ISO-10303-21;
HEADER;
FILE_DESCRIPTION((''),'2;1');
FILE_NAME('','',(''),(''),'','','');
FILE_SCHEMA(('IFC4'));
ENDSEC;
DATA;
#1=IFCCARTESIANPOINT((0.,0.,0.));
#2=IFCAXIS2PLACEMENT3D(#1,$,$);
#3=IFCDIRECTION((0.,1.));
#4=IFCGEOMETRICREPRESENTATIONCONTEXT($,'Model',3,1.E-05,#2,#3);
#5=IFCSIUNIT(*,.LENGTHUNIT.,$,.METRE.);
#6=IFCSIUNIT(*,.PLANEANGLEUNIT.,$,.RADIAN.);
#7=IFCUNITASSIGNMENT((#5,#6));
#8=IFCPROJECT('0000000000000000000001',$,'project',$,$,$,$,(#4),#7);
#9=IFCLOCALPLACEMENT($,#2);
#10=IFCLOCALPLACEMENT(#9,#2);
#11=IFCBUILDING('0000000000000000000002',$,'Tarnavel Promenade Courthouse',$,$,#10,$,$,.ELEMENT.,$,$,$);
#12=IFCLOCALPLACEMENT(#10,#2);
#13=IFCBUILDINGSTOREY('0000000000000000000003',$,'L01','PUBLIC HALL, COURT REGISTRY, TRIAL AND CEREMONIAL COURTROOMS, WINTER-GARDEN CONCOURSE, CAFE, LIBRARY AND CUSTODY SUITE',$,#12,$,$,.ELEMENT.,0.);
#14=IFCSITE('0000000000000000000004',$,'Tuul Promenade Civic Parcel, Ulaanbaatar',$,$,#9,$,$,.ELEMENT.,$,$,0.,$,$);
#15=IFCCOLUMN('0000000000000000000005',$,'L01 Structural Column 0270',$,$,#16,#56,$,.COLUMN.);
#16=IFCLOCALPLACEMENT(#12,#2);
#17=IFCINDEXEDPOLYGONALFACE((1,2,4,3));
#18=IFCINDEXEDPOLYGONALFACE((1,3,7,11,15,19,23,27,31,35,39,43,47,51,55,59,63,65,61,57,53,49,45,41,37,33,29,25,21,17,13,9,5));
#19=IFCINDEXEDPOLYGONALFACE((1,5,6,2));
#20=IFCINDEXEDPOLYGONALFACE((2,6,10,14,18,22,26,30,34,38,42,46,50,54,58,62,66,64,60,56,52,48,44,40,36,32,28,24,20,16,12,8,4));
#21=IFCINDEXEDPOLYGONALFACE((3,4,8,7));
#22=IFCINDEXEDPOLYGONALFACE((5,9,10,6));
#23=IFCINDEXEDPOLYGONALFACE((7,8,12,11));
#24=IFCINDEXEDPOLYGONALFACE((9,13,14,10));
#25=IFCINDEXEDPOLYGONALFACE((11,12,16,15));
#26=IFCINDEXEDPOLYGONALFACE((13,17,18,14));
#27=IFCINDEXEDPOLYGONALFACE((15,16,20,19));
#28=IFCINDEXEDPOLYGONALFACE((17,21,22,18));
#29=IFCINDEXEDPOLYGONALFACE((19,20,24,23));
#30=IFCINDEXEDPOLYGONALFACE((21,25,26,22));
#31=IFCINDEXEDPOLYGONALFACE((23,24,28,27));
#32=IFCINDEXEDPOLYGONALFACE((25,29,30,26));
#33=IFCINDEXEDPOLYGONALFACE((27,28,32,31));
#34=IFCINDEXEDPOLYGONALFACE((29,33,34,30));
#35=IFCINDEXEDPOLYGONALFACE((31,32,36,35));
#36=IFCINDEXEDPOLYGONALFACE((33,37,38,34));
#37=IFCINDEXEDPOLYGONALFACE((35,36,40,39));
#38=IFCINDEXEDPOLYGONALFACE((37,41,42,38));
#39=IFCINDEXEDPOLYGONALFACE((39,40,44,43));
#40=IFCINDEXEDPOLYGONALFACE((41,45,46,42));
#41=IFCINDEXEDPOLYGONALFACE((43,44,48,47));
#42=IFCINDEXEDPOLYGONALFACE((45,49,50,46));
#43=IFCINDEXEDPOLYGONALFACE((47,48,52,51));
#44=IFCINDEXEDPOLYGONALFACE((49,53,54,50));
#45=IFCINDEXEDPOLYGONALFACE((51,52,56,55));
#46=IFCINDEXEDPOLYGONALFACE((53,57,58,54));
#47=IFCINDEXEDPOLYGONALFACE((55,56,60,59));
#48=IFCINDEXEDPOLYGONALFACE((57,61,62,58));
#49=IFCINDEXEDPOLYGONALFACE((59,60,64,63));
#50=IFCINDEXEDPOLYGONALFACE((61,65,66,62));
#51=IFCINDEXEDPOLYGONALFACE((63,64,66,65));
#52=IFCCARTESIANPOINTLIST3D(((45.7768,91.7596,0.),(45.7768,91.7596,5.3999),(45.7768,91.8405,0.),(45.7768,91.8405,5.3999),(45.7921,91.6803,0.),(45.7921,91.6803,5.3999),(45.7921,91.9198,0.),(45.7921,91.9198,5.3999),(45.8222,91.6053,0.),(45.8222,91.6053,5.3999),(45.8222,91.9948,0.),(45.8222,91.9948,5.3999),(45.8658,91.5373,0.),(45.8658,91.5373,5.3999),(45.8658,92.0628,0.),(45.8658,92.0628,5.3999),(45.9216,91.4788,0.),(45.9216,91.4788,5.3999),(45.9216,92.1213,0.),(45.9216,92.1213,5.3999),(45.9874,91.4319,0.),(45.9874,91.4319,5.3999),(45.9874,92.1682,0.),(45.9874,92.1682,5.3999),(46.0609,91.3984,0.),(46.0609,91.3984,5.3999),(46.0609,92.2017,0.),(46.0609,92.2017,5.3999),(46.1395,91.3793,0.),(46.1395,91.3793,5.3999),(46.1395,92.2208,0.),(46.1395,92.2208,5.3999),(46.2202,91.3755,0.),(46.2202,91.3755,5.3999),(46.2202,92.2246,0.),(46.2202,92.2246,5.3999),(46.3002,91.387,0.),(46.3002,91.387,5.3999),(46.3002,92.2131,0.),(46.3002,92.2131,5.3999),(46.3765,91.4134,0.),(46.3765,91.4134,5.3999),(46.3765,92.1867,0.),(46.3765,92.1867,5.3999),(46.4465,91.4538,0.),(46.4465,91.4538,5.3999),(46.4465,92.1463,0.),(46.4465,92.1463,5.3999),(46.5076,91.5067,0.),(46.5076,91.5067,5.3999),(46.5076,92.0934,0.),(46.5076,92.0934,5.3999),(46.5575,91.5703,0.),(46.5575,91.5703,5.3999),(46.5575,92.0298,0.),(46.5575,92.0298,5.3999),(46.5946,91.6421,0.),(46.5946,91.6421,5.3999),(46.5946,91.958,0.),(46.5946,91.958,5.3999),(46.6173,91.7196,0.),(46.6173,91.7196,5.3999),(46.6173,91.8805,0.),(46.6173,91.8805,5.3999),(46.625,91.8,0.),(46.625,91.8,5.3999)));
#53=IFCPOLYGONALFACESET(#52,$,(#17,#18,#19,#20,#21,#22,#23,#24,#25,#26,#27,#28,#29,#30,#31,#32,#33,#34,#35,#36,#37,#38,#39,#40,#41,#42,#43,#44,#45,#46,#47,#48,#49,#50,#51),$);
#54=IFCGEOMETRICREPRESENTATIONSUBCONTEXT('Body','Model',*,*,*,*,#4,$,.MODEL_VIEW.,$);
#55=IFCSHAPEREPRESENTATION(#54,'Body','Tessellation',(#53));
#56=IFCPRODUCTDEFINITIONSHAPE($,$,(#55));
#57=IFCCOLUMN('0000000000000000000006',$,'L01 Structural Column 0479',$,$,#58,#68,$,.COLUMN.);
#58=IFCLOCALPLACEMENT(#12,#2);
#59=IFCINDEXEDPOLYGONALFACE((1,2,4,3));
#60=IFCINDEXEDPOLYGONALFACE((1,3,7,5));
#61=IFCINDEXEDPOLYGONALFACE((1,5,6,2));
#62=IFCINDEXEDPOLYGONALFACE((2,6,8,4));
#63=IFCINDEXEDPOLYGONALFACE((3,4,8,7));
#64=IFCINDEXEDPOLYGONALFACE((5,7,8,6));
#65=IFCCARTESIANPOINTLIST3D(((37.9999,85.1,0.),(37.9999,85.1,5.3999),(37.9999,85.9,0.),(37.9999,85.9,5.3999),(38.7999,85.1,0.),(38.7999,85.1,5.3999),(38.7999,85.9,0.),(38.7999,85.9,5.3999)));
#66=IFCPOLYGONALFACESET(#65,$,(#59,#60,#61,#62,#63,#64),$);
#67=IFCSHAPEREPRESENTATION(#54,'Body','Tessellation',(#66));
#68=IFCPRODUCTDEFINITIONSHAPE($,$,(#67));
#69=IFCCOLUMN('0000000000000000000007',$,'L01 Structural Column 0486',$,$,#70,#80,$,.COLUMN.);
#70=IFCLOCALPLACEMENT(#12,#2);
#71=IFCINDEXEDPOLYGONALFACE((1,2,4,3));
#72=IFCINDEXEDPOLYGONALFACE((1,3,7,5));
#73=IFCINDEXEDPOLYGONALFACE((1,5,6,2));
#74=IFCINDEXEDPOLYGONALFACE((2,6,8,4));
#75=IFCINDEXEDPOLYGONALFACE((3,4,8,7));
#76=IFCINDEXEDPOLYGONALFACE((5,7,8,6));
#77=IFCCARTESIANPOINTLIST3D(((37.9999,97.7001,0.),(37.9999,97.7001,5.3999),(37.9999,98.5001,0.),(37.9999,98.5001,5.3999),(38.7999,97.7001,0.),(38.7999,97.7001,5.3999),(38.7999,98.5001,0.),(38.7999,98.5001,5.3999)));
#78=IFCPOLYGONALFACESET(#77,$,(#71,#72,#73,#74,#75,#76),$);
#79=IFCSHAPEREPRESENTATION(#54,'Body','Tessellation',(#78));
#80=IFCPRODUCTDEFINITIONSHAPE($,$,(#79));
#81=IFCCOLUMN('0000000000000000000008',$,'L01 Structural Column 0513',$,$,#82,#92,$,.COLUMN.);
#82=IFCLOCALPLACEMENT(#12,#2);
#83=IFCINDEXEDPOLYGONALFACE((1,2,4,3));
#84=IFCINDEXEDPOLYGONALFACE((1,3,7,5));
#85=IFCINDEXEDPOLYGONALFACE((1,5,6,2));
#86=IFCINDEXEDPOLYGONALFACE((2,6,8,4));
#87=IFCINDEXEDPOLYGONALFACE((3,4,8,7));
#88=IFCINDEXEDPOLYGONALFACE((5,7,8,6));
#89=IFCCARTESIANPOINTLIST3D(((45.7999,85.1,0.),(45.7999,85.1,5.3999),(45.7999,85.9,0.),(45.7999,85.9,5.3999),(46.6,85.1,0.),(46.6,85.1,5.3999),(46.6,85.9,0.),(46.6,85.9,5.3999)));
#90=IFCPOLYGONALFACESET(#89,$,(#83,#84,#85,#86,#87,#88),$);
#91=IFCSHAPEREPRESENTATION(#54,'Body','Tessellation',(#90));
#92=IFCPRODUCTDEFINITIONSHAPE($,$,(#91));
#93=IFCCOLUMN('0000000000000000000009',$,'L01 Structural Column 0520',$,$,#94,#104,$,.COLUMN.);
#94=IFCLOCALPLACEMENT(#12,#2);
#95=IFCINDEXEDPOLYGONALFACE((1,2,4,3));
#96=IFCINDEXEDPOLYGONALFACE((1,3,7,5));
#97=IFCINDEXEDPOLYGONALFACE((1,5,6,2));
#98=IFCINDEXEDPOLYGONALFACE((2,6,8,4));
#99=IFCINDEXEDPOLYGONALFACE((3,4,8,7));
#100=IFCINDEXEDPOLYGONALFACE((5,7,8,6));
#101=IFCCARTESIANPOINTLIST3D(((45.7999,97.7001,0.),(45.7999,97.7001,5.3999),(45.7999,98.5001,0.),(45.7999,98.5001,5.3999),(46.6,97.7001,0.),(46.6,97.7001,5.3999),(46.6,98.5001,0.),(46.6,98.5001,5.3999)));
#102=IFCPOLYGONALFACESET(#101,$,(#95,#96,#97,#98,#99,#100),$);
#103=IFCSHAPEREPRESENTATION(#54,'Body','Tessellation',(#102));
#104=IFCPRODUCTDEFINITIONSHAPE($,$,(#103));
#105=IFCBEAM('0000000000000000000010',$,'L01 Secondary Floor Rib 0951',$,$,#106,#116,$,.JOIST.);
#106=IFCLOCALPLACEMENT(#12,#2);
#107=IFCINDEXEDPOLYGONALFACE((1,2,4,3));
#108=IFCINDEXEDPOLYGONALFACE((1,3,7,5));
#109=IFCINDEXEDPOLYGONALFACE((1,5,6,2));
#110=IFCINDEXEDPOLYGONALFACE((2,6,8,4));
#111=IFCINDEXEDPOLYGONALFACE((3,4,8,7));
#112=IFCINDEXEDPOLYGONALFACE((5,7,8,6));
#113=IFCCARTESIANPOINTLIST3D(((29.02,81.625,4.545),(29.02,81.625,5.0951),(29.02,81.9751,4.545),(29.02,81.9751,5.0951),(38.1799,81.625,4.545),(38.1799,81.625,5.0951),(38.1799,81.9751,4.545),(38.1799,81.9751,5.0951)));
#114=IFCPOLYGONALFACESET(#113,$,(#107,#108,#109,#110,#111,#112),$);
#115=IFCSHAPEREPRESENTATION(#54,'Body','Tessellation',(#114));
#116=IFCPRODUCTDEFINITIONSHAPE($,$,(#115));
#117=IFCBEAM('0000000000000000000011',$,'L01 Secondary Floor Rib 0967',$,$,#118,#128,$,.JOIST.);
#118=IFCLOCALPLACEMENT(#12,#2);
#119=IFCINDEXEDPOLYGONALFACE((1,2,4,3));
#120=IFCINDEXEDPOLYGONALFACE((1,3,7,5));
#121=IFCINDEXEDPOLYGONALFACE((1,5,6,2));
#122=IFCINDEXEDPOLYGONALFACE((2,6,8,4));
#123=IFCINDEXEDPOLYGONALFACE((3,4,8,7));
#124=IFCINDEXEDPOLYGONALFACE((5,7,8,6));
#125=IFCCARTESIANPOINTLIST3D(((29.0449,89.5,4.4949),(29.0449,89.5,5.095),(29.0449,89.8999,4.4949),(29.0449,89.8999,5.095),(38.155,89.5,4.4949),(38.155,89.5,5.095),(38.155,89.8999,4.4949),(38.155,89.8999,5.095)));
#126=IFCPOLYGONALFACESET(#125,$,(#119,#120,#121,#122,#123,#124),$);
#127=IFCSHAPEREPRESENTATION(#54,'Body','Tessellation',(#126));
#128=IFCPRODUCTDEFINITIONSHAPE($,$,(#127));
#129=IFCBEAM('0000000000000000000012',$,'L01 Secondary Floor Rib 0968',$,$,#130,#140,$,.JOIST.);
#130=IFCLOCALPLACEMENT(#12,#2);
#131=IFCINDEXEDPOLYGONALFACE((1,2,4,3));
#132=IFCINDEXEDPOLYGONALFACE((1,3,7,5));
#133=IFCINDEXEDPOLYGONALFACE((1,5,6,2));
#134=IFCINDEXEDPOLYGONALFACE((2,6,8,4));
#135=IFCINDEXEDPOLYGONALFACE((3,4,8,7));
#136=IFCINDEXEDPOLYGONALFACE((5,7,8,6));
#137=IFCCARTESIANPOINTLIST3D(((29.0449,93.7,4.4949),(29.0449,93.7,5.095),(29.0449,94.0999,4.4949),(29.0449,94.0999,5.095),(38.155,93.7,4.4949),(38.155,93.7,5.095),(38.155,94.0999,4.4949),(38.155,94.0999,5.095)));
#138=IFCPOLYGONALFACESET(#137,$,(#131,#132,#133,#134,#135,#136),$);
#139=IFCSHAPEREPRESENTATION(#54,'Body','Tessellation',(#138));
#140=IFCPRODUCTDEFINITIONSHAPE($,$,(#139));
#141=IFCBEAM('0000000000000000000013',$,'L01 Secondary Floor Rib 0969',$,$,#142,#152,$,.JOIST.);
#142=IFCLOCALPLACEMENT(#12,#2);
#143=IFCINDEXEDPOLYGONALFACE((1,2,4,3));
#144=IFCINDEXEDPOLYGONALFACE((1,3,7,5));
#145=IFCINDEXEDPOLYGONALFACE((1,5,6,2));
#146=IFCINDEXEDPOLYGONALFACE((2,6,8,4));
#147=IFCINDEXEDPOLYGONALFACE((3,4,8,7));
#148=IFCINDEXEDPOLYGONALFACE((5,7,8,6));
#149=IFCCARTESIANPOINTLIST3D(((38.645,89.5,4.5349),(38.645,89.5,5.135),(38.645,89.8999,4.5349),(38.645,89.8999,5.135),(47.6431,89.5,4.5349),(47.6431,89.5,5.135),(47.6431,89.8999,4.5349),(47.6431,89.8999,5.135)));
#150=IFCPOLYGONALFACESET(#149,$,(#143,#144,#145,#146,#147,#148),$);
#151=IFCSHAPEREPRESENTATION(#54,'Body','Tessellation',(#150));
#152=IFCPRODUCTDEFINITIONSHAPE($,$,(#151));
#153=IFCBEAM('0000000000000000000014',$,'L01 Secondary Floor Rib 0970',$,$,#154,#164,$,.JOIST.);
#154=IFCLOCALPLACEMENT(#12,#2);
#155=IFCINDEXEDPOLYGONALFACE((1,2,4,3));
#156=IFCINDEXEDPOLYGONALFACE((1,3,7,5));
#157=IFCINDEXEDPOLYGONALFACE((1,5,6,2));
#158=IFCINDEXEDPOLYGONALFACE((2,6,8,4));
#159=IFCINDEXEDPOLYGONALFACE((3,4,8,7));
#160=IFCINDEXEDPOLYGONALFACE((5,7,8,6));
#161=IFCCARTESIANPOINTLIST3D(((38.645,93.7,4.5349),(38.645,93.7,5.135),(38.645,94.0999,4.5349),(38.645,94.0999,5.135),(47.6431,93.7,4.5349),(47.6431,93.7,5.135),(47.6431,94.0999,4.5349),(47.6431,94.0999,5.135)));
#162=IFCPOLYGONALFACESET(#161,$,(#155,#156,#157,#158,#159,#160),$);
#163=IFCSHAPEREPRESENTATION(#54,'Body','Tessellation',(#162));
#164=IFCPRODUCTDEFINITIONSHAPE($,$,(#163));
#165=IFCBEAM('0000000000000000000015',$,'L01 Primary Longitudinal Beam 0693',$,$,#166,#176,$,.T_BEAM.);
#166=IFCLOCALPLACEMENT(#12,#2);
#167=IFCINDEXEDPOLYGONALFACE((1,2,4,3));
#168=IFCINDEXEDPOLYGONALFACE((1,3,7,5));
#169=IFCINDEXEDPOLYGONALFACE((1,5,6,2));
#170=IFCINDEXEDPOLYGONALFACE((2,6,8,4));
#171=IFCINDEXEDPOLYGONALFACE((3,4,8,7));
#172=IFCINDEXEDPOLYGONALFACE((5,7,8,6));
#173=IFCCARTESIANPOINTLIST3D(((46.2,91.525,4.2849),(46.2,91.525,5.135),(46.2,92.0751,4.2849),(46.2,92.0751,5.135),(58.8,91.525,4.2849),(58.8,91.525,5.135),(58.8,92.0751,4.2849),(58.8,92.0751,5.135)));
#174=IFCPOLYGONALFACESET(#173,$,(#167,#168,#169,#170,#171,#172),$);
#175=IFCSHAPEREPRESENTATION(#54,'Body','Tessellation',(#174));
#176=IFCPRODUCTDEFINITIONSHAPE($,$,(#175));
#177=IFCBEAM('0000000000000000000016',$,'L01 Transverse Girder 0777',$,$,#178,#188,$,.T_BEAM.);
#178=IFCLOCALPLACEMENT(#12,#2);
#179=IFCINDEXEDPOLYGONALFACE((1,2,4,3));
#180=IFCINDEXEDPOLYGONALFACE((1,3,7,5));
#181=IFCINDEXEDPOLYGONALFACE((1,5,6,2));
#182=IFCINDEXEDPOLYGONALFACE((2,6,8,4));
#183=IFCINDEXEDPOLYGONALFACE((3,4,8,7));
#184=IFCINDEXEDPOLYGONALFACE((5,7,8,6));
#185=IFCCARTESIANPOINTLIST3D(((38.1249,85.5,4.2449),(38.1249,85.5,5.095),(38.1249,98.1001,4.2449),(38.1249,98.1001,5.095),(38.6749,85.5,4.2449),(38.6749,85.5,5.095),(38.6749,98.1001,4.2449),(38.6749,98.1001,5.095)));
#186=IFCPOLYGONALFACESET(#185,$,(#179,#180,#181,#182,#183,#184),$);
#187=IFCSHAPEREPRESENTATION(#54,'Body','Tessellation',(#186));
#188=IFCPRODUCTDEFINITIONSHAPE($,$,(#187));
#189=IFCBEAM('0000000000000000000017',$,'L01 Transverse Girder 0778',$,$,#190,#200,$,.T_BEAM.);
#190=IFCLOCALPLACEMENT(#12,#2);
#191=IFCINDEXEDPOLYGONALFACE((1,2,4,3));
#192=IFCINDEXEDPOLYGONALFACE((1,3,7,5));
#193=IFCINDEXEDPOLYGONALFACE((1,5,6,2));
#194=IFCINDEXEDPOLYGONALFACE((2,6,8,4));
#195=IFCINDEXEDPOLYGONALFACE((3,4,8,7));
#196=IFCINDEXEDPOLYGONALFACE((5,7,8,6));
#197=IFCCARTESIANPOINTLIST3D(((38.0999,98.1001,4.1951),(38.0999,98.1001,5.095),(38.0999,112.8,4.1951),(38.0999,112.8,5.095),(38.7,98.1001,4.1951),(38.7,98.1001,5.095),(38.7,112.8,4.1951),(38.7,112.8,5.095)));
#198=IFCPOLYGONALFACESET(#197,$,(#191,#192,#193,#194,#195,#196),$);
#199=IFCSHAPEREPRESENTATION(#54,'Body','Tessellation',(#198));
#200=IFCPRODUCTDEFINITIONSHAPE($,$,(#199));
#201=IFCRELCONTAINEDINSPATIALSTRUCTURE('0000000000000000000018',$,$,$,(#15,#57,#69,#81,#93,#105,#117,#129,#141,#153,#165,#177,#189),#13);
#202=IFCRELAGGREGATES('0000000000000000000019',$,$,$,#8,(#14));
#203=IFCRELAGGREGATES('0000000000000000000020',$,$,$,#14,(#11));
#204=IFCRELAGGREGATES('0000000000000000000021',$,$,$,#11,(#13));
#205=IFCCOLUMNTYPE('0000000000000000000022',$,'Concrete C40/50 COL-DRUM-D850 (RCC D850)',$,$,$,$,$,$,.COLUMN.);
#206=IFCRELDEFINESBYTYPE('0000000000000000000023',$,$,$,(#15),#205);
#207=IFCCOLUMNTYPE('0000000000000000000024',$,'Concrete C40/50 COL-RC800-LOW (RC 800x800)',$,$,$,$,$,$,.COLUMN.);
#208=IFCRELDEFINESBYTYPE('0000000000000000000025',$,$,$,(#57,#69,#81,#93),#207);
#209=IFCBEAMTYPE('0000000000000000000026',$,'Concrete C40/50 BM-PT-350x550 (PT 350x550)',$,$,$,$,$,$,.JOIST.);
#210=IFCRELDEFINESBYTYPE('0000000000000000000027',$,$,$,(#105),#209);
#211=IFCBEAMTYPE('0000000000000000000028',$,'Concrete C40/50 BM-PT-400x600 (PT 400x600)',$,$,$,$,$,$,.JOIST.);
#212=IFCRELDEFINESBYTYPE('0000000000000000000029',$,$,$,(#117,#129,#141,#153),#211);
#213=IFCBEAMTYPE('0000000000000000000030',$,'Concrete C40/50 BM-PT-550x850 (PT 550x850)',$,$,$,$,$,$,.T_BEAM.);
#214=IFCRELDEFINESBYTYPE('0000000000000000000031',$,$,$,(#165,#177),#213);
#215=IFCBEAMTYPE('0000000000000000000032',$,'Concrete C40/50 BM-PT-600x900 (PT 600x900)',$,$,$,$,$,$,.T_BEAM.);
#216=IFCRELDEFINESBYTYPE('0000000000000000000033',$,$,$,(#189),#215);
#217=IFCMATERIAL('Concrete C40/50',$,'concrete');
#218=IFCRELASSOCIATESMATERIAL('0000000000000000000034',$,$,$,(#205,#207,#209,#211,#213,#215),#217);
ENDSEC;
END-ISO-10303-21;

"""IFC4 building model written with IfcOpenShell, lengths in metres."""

from ifc_helpers import new_model, si_unit, direction, frame, origin, origin_2d, place, context, subcontext, project, spatial, rectangle, circle, extrude, material, material_profile, profile_set, type_object, element, save


model = new_model("IFC4")

# Units and contexts
model_context = context("Model", 3, precision=1e-05, world=origin(), true_north=direction((0.0, 1.0)))
body_context = subcontext(model_context, "Body", "Model", "MODEL_VIEW")
ifc_project = project(units=[si_unit("LENGTHUNIT", "METRE"), si_unit("PLANEANGLEUNIT", "RADIAN")], contexts=[model_context])

# Site, building, storey
site_placement = place(None, origin())
site = spatial("IfcSite", under=ifc_project, at=site_placement, Name="Tuul Promenade Civic Parcel, Ulaanbaatar", CompositionType="ELEMENT", RefElevation=0.0)
building_placement = place(site_placement, origin())
building = spatial("IfcBuilding", under=site, at=building_placement, Name="Tarnavel Promenade Courthouse", CompositionType="ELEMENT")
storey_placement = place(building_placement, origin())
storey = spatial("IfcBuildingStorey", under=building, at=storey_placement, Name="L01", Description="PUBLIC HALL, COURT REGISTRY, TRIAL AND CEREMONIAL COURTROOMS, WINTER-GARDEN CONCOURSE, CAFE, LIBRARY AND CUSTODY SUITE", CompositionType="ELEMENT", Elevation=0.0)

# Columns
ifc_material_1 = material(Name="Concrete C40/50", Category="concrete")
ifc_material_profile_1 = material_profile(ifc_material_1, circle(Radius=0.425, at=origin_2d()), Name="RCC D850")
ifc_profile_set_1 = profile_set([ifc_material_profile_1], Name="Concrete C40/50")
column_type_1 = type_object("IfcColumnType", Name="Concrete C40/50 COL-DRUM-D850 (RCC D850)", PredefinedType="COLUMN", material=ifc_profile_set_1)
column_placement = place(storey_placement, frame((46.2, 91.8, 0.0), z_axis=(0.0, 0.0, 1.0), x_axis=(1.0, 0.0, 0.0)))
element("IfcColumn", 1, at=column_placement, inside=storey, type_object=column_type_1, Name="L01 Structural Column 0270", PredefinedType="COLUMN", context=body_context, shape_type="SweptSolid", body=[
    extrude(circle(Radius=0.425, at=origin_2d()), origin(), (0.0, 0.0, 1.0), 5.3999),
])
ifc_material_profile_2 = material_profile(ifc_material_1, rectangle(XDim=0.8, YDim=0.8, at=origin_2d()), Name="RC 800x800")
ifc_profile_set_2 = profile_set([ifc_material_profile_2], Name="Concrete C40/50")
column_type_2 = type_object("IfcColumnType", Name="Concrete C40/50 COL-RC800-LOW (RC 800x800)", PredefinedType="COLUMN", material=ifc_profile_set_2)
for number, where, z_axis, x_axis, name in (
    (2, (38.3999, 85.5, 0.0), (0.0, 0.0, 1.0), (1.0, 0.0, 0.0), "L01 Structural Column 0479"),
    (3, (38.3999, 98.1001, 0.0), (0.0, 0.0, 1.0), (1.0, 0.0, 0.0), "L01 Structural Column 0486"),
    (4, (46.2, 85.5, 0.0), (0.0, 0.0, 1.0), (1.0, 0.0, 0.0), "L01 Structural Column 0513"),
    (5, (46.2, 98.1001, 0.0), (0.0, 0.0, 1.0), (1.0, 0.0, 0.0), "L01 Structural Column 0520"),
):
    element("IfcColumn", number, at=place(storey_placement, frame(where, z_axis=z_axis, x_axis=x_axis)), inside=storey, type_object=column_type_2, Name=name, PredefinedType="COLUMN", context=body_context, shape_type="SweptSolid", body=[
        extrude(rectangle(XDim=0.8, YDim=0.8, at=origin_2d()), origin(), (0.0, 0.0, 1.0), 5.3999),
    ])

# Beams
ifc_material_profile_3 = material_profile(ifc_material_1, rectangle(XDim=0.3501, YDim=0.55, at=origin_2d()), Name="PT 350x550")
ifc_profile_set_3 = profile_set([ifc_material_profile_3], Name="Concrete C40/50")
beam_type_1 = type_object("IfcBeamType", Name="Concrete C40/50 BM-PT-350x550 (PT 350x550)", PredefinedType="JOIST", material=ifc_profile_set_3)
beam_1_placement = place(storey_placement, frame((29.02, 81.8, 4.8201), z_axis=(1.0, 0.0, 0.0), x_axis=(0.0, 1.0, 0.0)))
element("IfcBeam", 6, at=beam_1_placement, inside=storey, type_object=beam_type_1, Name="L01 Secondary Floor Rib 0951", PredefinedType="JOIST", context=body_context, shape_type="SweptSolid", body=[
    extrude(rectangle(XDim=0.3501, YDim=0.55, at=origin_2d()), origin(), (0.0, 0.0, 1.0), 9.1599),
])
ifc_material_profile_4 = material_profile(ifc_material_1, rectangle(XDim=0.3999, YDim=0.6001, at=origin_2d()), Name="PT 400x600")
ifc_profile_set_4 = profile_set([ifc_material_profile_4], Name="Concrete C40/50")
beam_type_2 = type_object("IfcBeamType", Name="Concrete C40/50 BM-PT-400x600 (PT 400x600)", PredefinedType="JOIST", material=ifc_profile_set_4)
for number, where, z_axis, x_axis, name in (
    (7, (29.0449, 89.7, 4.7949), (1.0, 0.0, 0.0), (0.0, 1.0, 0.0), "L01 Secondary Floor Rib 0967"),
    (8, (29.0449, 93.8999, 4.7949), (1.0, 0.0, 0.0), (0.0, 1.0, 0.0), "L01 Secondary Floor Rib 0968"),
):
    element("IfcBeam", number, at=place(storey_placement, frame(where, z_axis=z_axis, x_axis=x_axis)), inside=storey, type_object=beam_type_2, Name=name, PredefinedType="JOIST", context=body_context, shape_type="SweptSolid", body=[
        extrude(rectangle(XDim=0.3999, YDim=0.6001, at=origin_2d()), origin(), (0.0, 0.0, 1.0), 9.1101),
    ])
for number, where, z_axis, x_axis, name in (
    (9, (38.645, 89.7, 4.835), (1.0, 0.0, 0.0), (0.0, 1.0, 0.0), "L01 Secondary Floor Rib 0969"),
    (10, (38.645, 93.8999, 4.835), (1.0, 0.0, 0.0), (0.0, 1.0, 0.0), "L01 Secondary Floor Rib 0970"),
):
    element("IfcBeam", number, at=place(storey_placement, frame(where, z_axis=z_axis, x_axis=x_axis)), inside=storey, type_object=beam_type_2, Name=name, PredefinedType="JOIST", context=body_context, shape_type="SweptSolid", body=[
        extrude(rectangle(XDim=0.3999, YDim=0.6001, at=origin_2d()), origin(), (0.0, 0.0, 1.0), 8.998),
    ])
ifc_material_profile_5 = material_profile(ifc_material_1, rectangle(XDim=0.55, YDim=0.8501, at=origin_2d()), Name="PT 550x850")
ifc_profile_set_5 = profile_set([ifc_material_profile_5], Name="Concrete C40/50")
beam_type_3 = type_object("IfcBeamType", Name="Concrete C40/50 BM-PT-550x850 (PT 550x850)", PredefinedType="T_BEAM", material=ifc_profile_set_5)
for number, where, z_axis, x_axis, name in (
    (11, (46.2, 91.8, 4.71), (1.0, 0.0, 0.0), (0.0, 1.0, 0.0), "L01 Primary Longitudinal Beam 0693"),
    (12, (38.3999, 85.5, 4.6699), (0.0, 1.0, 0.0), (-1.0, 0.0, 0.0), "L01 Transverse Girder 0777"),
):
    element("IfcBeam", number, at=place(storey_placement, frame(where, z_axis=z_axis, x_axis=x_axis)), inside=storey, type_object=beam_type_3, Name=name, PredefinedType="T_BEAM", context=body_context, shape_type="SweptSolid", body=[
        extrude(rectangle(XDim=0.55, YDim=0.8501, at=origin_2d()), origin(), (0.0, 0.0, 1.0), 12.6001),
    ])
ifc_material_profile_6 = material_profile(ifc_material_1, rectangle(XDim=0.6001, YDim=0.8999, at=origin_2d()), Name="PT 600x900")
ifc_profile_set_6 = profile_set([ifc_material_profile_6], Name="Concrete C40/50")
beam_type_4 = type_object("IfcBeamType", Name="Concrete C40/50 BM-PT-600x900 (PT 600x900)", PredefinedType="T_BEAM", material=ifc_profile_set_6)
for number, where, z_axis, x_axis, name in (
    (13, (38.3999, 98.1001, 4.645), (0.0, 1.0, 0.0), (-1.0, 0.0, 0.0), "L01 Transverse Girder 0778"),
):
    element("IfcBeam", number, at=place(storey_placement, frame(where, z_axis=z_axis, x_axis=x_axis)), inside=storey, type_object=beam_type_4, Name=name, PredefinedType="T_BEAM", context=body_context, shape_type="SweptSolid", body=[
        extrude(rectangle(XDim=0.6001, YDim=0.8999, at=origin_2d()), origin(), (0.0, 0.0, 1.0), 14.7),
    ])

save(model, "model.ifc")
